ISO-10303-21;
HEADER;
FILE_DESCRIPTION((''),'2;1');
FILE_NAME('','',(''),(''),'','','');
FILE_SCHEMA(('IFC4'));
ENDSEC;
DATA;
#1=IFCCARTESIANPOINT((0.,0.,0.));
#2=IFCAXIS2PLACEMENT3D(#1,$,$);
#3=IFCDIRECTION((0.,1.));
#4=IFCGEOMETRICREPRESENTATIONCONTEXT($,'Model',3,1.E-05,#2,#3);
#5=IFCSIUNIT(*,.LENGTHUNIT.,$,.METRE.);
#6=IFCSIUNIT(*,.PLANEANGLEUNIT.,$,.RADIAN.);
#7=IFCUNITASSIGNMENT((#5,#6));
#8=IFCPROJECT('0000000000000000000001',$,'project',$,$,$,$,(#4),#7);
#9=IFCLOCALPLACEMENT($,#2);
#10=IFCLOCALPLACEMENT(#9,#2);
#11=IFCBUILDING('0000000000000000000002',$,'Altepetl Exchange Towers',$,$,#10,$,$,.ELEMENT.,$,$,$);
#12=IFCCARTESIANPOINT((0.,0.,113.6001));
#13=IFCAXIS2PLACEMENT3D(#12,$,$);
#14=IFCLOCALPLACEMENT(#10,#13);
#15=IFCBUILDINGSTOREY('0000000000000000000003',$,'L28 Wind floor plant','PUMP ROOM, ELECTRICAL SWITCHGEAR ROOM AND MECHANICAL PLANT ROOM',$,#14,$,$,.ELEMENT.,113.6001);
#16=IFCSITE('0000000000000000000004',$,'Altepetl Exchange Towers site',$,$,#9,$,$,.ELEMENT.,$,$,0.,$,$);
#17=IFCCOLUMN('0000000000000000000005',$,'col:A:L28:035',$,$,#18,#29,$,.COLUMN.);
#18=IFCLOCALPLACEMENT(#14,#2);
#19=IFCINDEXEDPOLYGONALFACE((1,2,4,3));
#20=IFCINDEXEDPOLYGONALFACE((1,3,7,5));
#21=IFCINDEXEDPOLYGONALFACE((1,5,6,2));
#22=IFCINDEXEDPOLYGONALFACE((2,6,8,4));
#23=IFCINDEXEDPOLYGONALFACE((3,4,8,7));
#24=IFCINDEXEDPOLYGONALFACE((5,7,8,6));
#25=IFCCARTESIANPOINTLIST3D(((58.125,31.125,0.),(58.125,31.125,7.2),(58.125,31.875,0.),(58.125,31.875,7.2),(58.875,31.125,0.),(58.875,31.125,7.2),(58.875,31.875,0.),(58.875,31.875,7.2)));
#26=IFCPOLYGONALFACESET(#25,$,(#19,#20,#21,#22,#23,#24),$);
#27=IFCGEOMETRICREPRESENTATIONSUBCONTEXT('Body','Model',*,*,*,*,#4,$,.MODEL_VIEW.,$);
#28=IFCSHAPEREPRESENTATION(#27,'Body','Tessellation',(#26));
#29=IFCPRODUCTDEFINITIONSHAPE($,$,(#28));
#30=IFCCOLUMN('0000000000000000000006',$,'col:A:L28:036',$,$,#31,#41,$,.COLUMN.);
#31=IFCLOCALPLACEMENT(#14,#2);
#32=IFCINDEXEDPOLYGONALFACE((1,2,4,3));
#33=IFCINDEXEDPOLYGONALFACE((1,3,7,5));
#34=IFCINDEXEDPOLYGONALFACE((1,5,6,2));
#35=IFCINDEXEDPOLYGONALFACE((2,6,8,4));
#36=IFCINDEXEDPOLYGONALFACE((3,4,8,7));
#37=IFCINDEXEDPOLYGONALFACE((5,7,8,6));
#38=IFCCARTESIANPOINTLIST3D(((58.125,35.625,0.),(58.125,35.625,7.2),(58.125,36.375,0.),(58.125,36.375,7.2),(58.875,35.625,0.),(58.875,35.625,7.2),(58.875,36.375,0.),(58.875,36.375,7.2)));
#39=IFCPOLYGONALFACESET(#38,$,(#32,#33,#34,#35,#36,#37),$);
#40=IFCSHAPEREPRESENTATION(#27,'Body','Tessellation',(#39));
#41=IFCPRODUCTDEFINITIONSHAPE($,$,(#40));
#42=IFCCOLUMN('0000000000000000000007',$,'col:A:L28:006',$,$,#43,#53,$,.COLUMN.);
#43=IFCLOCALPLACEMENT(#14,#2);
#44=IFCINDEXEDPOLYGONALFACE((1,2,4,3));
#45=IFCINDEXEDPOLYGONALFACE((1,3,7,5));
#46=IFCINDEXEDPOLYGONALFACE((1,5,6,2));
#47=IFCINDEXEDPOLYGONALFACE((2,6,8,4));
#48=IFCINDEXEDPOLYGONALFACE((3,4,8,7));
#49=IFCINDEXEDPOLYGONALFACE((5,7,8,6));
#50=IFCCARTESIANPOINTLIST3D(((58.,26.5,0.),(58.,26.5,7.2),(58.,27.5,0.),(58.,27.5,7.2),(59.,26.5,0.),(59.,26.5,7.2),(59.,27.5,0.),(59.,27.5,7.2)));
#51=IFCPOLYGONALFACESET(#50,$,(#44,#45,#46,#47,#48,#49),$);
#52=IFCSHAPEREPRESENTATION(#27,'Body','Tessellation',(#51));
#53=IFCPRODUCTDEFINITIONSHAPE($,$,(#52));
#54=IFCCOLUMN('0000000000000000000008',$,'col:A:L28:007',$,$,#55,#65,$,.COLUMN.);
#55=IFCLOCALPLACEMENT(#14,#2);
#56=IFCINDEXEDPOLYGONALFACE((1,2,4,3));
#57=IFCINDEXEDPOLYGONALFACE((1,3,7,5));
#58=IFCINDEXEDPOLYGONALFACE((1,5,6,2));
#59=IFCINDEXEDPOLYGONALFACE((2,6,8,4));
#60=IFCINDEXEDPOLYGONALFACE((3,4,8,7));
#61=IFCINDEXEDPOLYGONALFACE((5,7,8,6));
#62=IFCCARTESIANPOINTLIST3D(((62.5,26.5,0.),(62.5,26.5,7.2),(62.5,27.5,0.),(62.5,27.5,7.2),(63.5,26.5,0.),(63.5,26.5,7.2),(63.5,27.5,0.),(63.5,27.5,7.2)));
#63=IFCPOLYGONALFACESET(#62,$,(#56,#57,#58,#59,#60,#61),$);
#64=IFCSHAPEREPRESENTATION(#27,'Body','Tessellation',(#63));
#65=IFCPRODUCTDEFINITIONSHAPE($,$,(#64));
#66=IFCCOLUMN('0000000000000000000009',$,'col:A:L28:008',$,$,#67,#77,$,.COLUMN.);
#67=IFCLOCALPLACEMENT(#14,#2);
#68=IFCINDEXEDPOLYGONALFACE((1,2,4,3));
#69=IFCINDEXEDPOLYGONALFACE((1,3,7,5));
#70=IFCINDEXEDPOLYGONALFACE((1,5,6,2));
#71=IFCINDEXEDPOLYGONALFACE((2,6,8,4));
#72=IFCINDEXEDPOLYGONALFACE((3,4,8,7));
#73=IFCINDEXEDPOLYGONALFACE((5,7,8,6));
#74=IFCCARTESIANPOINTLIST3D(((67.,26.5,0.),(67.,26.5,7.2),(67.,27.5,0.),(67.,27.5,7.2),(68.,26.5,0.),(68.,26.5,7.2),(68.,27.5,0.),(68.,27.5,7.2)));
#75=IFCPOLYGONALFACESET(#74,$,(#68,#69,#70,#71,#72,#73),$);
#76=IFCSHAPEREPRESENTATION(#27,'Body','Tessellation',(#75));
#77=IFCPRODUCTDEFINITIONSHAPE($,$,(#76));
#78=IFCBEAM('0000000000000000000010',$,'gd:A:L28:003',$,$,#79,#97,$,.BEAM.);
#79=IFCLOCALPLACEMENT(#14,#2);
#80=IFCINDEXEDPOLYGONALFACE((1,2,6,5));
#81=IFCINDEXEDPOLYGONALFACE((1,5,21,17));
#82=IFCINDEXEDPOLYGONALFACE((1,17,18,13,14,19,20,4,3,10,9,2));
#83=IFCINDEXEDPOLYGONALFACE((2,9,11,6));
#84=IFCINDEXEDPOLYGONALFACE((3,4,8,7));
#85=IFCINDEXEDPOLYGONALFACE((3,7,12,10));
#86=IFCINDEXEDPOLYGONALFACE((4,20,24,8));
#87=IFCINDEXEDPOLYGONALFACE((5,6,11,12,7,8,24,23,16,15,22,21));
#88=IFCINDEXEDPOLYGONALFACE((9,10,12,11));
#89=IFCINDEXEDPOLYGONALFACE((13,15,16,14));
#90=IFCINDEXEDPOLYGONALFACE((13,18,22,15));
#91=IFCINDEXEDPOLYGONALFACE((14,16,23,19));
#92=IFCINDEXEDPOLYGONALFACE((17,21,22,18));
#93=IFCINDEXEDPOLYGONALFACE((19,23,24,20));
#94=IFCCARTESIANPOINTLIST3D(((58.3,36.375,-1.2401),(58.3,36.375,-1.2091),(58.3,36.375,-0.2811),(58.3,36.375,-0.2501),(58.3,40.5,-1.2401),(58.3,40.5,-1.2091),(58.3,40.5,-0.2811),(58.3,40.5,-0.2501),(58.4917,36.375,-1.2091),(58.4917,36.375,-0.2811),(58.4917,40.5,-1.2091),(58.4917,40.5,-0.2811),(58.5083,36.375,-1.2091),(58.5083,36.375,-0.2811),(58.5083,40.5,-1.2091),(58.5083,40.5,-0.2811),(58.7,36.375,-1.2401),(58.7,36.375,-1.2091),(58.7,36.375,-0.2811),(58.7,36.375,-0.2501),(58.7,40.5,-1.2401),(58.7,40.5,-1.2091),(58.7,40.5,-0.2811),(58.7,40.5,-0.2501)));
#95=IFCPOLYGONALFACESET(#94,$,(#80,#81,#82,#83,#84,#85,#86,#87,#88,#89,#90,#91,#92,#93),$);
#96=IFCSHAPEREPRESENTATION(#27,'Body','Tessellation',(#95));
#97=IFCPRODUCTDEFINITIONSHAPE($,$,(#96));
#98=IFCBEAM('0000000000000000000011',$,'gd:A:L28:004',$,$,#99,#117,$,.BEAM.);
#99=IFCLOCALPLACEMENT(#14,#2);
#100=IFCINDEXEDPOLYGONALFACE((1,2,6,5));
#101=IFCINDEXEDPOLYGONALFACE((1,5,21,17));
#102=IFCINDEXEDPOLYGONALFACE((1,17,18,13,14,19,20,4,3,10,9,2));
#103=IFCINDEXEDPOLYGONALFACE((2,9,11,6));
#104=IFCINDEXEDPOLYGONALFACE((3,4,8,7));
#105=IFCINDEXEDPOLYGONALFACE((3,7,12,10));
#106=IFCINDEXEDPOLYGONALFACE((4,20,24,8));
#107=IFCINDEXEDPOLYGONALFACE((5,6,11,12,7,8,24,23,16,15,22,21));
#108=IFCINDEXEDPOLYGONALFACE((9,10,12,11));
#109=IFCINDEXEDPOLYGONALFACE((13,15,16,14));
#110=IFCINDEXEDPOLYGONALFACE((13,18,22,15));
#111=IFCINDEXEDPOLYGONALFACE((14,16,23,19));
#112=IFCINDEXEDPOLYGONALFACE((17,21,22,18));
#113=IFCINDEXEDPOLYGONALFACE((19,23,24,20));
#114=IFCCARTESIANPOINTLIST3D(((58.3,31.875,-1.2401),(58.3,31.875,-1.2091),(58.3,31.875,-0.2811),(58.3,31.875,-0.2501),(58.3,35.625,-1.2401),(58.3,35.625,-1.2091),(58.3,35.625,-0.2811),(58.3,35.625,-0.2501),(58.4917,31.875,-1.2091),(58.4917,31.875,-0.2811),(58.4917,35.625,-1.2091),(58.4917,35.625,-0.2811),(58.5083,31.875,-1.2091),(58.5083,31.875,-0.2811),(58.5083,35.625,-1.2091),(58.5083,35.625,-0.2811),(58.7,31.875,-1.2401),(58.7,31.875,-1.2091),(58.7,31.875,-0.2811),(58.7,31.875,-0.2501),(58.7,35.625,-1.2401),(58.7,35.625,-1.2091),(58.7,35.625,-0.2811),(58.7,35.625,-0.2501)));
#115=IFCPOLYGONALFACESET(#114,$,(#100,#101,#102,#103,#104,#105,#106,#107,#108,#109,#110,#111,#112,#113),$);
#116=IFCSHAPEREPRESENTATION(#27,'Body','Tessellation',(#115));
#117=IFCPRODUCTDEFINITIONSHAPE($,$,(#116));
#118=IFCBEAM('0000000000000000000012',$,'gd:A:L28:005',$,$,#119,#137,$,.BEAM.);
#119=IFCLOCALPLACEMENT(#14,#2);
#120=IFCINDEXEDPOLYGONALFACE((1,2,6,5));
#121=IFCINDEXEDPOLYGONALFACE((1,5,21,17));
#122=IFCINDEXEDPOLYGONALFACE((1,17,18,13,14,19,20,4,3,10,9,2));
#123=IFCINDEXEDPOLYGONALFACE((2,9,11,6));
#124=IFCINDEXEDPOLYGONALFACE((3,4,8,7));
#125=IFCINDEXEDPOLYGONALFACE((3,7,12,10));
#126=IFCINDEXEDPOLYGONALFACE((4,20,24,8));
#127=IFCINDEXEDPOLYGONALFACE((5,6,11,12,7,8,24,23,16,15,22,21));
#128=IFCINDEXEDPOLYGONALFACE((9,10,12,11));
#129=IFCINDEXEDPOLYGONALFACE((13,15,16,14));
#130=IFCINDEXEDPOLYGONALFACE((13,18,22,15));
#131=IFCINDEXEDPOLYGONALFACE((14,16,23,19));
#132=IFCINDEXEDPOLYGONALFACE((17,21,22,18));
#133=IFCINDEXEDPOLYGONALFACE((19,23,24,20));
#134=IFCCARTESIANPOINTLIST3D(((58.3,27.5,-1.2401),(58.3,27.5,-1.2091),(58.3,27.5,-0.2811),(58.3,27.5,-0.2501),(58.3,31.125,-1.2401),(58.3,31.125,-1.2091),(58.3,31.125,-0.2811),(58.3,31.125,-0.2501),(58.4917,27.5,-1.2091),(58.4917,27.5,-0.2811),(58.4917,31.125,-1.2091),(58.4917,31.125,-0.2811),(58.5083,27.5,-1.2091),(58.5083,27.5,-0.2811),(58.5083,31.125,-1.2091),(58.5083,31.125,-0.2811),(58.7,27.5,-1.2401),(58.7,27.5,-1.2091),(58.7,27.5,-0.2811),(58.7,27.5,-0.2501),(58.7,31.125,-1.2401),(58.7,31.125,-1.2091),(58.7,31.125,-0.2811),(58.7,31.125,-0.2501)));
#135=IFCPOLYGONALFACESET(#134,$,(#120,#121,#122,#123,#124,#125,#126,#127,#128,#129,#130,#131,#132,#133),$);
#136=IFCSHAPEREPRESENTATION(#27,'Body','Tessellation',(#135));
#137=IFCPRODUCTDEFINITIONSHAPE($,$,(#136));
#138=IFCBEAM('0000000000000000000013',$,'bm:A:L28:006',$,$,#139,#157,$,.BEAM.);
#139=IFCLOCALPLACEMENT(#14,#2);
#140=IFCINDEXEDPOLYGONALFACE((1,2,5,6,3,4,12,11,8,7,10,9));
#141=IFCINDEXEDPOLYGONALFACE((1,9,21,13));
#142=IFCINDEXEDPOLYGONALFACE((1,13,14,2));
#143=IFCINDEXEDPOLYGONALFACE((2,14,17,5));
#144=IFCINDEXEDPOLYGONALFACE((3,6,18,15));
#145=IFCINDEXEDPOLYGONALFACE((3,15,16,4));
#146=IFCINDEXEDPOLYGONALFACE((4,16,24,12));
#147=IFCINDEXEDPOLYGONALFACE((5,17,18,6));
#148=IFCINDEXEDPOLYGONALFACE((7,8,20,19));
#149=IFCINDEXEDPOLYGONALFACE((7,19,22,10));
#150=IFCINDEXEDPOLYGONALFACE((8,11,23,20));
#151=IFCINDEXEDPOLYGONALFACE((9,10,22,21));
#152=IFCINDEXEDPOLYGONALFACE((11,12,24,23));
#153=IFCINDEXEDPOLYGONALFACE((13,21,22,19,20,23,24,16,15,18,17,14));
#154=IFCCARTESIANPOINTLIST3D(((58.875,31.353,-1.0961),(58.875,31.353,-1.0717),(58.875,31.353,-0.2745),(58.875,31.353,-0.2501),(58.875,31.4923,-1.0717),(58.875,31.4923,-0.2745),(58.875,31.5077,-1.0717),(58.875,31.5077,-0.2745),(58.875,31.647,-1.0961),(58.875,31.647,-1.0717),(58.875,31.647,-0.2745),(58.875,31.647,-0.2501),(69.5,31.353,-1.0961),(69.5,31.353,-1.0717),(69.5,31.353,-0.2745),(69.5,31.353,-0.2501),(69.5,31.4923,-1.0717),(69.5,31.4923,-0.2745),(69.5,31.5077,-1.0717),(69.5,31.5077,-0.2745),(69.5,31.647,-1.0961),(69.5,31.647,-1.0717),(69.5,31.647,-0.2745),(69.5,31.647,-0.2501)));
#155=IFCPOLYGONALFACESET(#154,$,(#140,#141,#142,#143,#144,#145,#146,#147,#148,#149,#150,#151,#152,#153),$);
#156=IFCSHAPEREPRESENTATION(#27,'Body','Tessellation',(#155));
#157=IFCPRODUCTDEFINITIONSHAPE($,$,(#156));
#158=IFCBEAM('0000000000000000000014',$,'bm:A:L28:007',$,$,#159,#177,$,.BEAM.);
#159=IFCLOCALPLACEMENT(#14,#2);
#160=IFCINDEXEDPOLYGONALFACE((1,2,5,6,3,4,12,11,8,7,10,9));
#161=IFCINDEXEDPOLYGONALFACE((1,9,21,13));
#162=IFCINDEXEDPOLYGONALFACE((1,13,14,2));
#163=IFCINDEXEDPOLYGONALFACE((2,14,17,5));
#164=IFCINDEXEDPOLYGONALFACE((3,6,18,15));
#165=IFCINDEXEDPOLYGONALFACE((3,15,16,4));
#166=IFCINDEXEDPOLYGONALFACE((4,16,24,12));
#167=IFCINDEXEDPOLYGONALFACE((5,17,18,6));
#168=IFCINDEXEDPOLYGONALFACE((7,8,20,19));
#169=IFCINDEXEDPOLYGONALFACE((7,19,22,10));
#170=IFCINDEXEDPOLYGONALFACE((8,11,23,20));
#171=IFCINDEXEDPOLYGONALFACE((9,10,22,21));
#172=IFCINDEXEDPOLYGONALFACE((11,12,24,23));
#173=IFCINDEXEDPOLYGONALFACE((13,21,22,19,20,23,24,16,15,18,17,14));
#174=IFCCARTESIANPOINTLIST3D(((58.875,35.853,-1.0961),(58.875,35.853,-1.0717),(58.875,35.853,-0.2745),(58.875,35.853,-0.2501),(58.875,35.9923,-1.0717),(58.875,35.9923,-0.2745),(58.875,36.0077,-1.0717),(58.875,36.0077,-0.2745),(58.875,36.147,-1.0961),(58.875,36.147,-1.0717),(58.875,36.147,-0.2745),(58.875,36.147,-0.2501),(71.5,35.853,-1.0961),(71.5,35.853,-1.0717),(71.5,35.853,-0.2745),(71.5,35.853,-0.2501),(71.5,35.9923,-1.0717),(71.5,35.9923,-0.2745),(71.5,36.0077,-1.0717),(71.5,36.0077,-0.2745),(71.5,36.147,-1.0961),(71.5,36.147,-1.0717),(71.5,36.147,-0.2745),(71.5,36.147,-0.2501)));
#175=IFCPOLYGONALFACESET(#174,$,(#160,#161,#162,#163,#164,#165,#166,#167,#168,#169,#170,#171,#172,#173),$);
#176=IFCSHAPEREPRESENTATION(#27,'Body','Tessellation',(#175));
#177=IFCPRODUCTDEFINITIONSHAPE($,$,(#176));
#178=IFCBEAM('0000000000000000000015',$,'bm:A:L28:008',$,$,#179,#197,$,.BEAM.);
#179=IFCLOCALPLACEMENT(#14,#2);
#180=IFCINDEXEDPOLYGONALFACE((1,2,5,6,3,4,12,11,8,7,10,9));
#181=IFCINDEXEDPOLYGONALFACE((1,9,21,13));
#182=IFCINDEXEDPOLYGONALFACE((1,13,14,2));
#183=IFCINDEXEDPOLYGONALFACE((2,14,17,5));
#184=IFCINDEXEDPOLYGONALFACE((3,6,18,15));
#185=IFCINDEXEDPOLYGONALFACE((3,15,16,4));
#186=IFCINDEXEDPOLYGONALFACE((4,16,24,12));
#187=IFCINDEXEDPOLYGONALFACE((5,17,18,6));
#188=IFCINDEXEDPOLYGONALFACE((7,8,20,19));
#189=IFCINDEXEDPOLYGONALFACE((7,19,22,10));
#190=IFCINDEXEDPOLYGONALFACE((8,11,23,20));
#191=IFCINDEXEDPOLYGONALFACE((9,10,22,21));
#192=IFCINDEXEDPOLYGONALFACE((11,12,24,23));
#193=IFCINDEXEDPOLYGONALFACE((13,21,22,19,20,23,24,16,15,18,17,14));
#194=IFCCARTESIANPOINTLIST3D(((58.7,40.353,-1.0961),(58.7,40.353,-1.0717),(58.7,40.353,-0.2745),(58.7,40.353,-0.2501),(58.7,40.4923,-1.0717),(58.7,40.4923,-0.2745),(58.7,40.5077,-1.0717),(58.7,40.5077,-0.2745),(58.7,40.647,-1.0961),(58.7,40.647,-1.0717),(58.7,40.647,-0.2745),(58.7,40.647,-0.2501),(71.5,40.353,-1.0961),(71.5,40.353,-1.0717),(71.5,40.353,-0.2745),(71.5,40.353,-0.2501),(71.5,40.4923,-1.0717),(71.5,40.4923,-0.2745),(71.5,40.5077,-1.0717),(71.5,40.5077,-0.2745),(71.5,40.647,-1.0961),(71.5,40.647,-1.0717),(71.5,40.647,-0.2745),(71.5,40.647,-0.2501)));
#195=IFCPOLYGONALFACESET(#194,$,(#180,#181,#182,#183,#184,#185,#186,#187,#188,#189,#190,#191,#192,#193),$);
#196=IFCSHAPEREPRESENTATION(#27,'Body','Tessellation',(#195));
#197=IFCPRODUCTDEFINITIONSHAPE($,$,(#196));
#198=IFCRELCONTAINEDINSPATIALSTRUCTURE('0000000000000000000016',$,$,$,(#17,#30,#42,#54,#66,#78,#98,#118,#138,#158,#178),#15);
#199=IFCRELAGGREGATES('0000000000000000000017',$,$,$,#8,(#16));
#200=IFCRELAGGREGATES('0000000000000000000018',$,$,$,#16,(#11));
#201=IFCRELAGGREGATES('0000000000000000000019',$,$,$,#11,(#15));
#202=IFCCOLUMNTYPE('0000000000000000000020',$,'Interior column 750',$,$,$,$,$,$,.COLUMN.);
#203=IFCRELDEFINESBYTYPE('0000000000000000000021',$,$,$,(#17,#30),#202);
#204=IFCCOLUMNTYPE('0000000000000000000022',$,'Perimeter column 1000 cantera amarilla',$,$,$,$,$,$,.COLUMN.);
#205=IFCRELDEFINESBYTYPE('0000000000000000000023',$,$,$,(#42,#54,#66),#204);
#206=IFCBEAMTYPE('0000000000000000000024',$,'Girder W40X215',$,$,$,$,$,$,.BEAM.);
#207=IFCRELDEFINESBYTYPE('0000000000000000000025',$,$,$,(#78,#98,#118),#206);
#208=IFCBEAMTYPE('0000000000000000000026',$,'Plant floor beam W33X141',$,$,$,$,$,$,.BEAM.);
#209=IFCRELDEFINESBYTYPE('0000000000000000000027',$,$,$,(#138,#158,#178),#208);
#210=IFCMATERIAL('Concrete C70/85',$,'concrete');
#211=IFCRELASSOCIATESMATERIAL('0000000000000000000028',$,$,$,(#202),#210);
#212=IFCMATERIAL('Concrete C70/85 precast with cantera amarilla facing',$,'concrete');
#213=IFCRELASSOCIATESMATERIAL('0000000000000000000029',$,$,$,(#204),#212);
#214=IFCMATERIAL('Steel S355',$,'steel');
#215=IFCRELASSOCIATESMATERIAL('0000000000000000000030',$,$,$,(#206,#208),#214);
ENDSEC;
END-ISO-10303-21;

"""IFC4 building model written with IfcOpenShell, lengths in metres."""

from ifc_helpers import new_model, si_unit, direction, frame, origin, origin_2d, place, context, subcontext, project, spatial, rectangle, i_section, extrude, material, material_profile, profile_set, type_object, element, save


model = new_model("IFC4")

# Units and contexts
model_context = context("Model", 3, precision=1e-05, world=origin(), true_north=direction((0.0, 1.0)))
body_context = subcontext(model_context, "Body", "Model", "MODEL_VIEW")
ifc_project = project(units=[si_unit("LENGTHUNIT", "METRE"), si_unit("PLANEANGLEUNIT", "RADIAN")], contexts=[model_context])

# Site, building, storey
site_placement = place(None, origin())
site = spatial("IfcSite", under=ifc_project, at=site_placement, Name="Altepetl Exchange Towers site", CompositionType="ELEMENT", RefElevation=0.0)
building_placement = place(site_placement, origin())
building = spatial("IfcBuilding", under=site, at=building_placement, Name="Altepetl Exchange Towers", CompositionType="ELEMENT")
storey_placement = place(building_placement, frame((0.0, 0.0, 113.6001)))
storey = spatial("IfcBuildingStorey", under=building, at=storey_placement, Name="L28 Wind floor plant", Description="PUMP ROOM, ELECTRICAL SWITCHGEAR ROOM AND MECHANICAL PLANT ROOM", CompositionType="ELEMENT", Elevation=113.6001)

# Columns
ifc_material_1 = material(Name="Concrete C70/85", Category="concrete")
ifc_material_profile_1 = material_profile(ifc_material_1, rectangle(XDim=0.75, YDim=0.75, at=origin_2d()), Name="750 x 750")
ifc_profile_set_1 = profile_set([ifc_material_profile_1], Name="Concrete C70/85")
column_type_1 = type_object("IfcColumnType", Name="Interior column 750", PredefinedType="COLUMN", material=ifc_profile_set_1)
for number, where, name in (
    (1, (58.5, 31.5, 0.0), "col:A:L28:035"),
    (2, (58.5, 36.0, 0.0), "col:A:L28:036"),
):
    element("IfcColumn", number, at=place(storey_placement, frame(where)), inside=storey, type_object=column_type_1, Name=name, PredefinedType="COLUMN", context=body_context, shape_type="SweptSolid", body=[
        extrude(rectangle(XDim=0.75, YDim=0.75, at=origin_2d()), origin(), (0.0, 0.0, 1.0), 7.2),
    ])
ifc_material_2 = material(Name="Concrete C70/85 precast with cantera amarilla facing", Category="concrete")
ifc_material_profile_2 = material_profile(ifc_material_2, rectangle(XDim=1.0, YDim=1.0, at=origin_2d()), Name="1000 x 1000")
ifc_profile_set_2 = profile_set([ifc_material_profile_2], Name="Concrete C70/85 precast with cantera amarilla facing")
column_type_2 = type_object("IfcColumnType", Name="Perimeter column 1000 cantera amarilla", PredefinedType="COLUMN", material=ifc_profile_set_2)
for number, where, name in (
    (3, (58.5, 27.0, 0.0), "col:A:L28:006"),
    (4, (63.0, 27.0, 0.0), "col:A:L28:007"),
    (5, (67.5, 27.0, 0.0), "col:A:L28:008"),
):
    element("IfcColumn", number, at=place(storey_placement, frame(where)), inside=storey, type_object=column_type_2, Name=name, PredefinedType="COLUMN", context=body_context, shape_type="SweptSolid", body=[
        extrude(rectangle(XDim=1.0, YDim=1.0, at=origin_2d()), origin(), (0.0, 0.0, 1.0), 7.2),
    ])

# Beams
ifc_material_3 = material(Name="Steel S355", Category="steel")
ifc_material_profile_3 = material_profile(ifc_material_3, i_section(OverallWidth=0.3999, OverallDepth=0.99, WebThickness=0.0166, FlangeThickness=0.031, at=origin_2d()), Name="W40X215")
ifc_profile_set_3 = profile_set([ifc_material_profile_3], Name="Steel S355")
beam_type_1 = type_object("IfcBeamType", Name="Girder W40X215", PredefinedType="BEAM", material=ifc_profile_set_3)
beam_1_placement = place(storey_placement, frame((58.5, 40.5, -0.7451), z_axis=(0.0, -1.0, 0.0), x_axis=(1.0, 0.0, 0.0)))
element("IfcBeam", 6, at=beam_1_placement, inside=storey, type_object=beam_type_1, Name="gd:A:L28:003", PredefinedType="BEAM", context=body_context, shape_type="SweptSolid", body=[
    extrude(i_section(OverallWidth=0.3999, OverallDepth=0.99, WebThickness=0.0166, FlangeThickness=0.031, at=origin_2d()), origin(), (0.0, 0.0, 1.0), 4.125),
])
beam_2_placement = place(storey_placement, frame((58.5, 35.625, -0.7451), z_axis=(0.0, -1.0, 0.0), x_axis=(1.0, 0.0, 0.0)))
element("IfcBeam", 7, at=beam_2_placement, inside=storey, type_object=beam_type_1, Name="gd:A:L28:004", PredefinedType="BEAM", context=body_context, shape_type="SweptSolid", body=[
    extrude(i_section(OverallWidth=0.3999, OverallDepth=0.99, WebThickness=0.0166, FlangeThickness=0.031, at=origin_2d()), origin(), (0.0, 0.0, 1.0), 3.75),
])
beam_3_placement = place(storey_placement, frame((58.5, 31.125, -0.7451), z_axis=(0.0, -1.0, 0.0), x_axis=(1.0, 0.0, 0.0)))
element("IfcBeam", 8, at=beam_3_placement, inside=storey, type_object=beam_type_1, Name="gd:A:L28:005", PredefinedType="BEAM", context=body_context, shape_type="SweptSolid", body=[
    extrude(i_section(OverallWidth=0.3999, OverallDepth=0.99, WebThickness=0.0166, FlangeThickness=0.031, at=origin_2d()), origin(), (0.0, 0.0, 1.0), 3.625),
])
ifc_material_profile_4 = material_profile(ifc_material_3, i_section(OverallWidth=0.2939, OverallDepth=0.8459, WebThickness=0.0154, FlangeThickness=0.0244, at=origin_2d()), Name="W33X141")
ifc_profile_set_4 = profile_set([ifc_material_profile_4], Name="Steel S355")
beam_type_2 = type_object("IfcBeamType", Name="Plant floor beam W33X141", PredefinedType="BEAM", material=ifc_profile_set_4)
beam_4_placement = place(storey_placement, frame((58.875, 31.5, -0.6731), z_axis=(1.0, 0.0, 0.0), x_axis=(0.0, 1.0, 0.0)))
element("IfcBeam", 9, at=beam_4_placement, inside=storey, type_object=beam_type_2, Name="bm:A:L28:006", PredefinedType="BEAM", context=body_context, shape_type="SweptSolid", body=[
    extrude(i_section(OverallWidth=0.2939, OverallDepth=0.8459, WebThickness=0.0154, FlangeThickness=0.0244, at=origin_2d()), origin(), (0.0, 0.0, 1.0), 10.625),
])
beam_5_placement = place(storey_placement, frame((58.875, 36.0, -0.6731), z_axis=(1.0, 0.0, 0.0), x_axis=(0.0, 1.0, 0.0)))
element("IfcBeam", 10, at=beam_5_placement, inside=storey, type_object=beam_type_2, Name="bm:A:L28:007", PredefinedType="BEAM", context=body_context, shape_type="SweptSolid", body=[
    extrude(i_section(OverallWidth=0.2939, OverallDepth=0.8459, WebThickness=0.0154, FlangeThickness=0.0244, at=origin_2d()), origin(), (0.0, 0.0, 1.0), 12.625),
])
beam_6_placement = place(storey_placement, frame((58.7, 40.5, -0.6731), z_axis=(1.0, 0.0, 0.0), x_axis=(0.0, 1.0, 0.0)))
element("IfcBeam", 11, at=beam_6_placement, inside=storey, type_object=beam_type_2, Name="bm:A:L28:008", PredefinedType="BEAM", context=body_context, shape_type="SweptSolid", body=[
    extrude(i_section(OverallWidth=0.2939, OverallDepth=0.8459, WebThickness=0.0154, FlangeThickness=0.0244, at=origin_2d()), origin(), (0.0, 0.0, 1.0), 12.8),
])

save(model, "model.ifc")
